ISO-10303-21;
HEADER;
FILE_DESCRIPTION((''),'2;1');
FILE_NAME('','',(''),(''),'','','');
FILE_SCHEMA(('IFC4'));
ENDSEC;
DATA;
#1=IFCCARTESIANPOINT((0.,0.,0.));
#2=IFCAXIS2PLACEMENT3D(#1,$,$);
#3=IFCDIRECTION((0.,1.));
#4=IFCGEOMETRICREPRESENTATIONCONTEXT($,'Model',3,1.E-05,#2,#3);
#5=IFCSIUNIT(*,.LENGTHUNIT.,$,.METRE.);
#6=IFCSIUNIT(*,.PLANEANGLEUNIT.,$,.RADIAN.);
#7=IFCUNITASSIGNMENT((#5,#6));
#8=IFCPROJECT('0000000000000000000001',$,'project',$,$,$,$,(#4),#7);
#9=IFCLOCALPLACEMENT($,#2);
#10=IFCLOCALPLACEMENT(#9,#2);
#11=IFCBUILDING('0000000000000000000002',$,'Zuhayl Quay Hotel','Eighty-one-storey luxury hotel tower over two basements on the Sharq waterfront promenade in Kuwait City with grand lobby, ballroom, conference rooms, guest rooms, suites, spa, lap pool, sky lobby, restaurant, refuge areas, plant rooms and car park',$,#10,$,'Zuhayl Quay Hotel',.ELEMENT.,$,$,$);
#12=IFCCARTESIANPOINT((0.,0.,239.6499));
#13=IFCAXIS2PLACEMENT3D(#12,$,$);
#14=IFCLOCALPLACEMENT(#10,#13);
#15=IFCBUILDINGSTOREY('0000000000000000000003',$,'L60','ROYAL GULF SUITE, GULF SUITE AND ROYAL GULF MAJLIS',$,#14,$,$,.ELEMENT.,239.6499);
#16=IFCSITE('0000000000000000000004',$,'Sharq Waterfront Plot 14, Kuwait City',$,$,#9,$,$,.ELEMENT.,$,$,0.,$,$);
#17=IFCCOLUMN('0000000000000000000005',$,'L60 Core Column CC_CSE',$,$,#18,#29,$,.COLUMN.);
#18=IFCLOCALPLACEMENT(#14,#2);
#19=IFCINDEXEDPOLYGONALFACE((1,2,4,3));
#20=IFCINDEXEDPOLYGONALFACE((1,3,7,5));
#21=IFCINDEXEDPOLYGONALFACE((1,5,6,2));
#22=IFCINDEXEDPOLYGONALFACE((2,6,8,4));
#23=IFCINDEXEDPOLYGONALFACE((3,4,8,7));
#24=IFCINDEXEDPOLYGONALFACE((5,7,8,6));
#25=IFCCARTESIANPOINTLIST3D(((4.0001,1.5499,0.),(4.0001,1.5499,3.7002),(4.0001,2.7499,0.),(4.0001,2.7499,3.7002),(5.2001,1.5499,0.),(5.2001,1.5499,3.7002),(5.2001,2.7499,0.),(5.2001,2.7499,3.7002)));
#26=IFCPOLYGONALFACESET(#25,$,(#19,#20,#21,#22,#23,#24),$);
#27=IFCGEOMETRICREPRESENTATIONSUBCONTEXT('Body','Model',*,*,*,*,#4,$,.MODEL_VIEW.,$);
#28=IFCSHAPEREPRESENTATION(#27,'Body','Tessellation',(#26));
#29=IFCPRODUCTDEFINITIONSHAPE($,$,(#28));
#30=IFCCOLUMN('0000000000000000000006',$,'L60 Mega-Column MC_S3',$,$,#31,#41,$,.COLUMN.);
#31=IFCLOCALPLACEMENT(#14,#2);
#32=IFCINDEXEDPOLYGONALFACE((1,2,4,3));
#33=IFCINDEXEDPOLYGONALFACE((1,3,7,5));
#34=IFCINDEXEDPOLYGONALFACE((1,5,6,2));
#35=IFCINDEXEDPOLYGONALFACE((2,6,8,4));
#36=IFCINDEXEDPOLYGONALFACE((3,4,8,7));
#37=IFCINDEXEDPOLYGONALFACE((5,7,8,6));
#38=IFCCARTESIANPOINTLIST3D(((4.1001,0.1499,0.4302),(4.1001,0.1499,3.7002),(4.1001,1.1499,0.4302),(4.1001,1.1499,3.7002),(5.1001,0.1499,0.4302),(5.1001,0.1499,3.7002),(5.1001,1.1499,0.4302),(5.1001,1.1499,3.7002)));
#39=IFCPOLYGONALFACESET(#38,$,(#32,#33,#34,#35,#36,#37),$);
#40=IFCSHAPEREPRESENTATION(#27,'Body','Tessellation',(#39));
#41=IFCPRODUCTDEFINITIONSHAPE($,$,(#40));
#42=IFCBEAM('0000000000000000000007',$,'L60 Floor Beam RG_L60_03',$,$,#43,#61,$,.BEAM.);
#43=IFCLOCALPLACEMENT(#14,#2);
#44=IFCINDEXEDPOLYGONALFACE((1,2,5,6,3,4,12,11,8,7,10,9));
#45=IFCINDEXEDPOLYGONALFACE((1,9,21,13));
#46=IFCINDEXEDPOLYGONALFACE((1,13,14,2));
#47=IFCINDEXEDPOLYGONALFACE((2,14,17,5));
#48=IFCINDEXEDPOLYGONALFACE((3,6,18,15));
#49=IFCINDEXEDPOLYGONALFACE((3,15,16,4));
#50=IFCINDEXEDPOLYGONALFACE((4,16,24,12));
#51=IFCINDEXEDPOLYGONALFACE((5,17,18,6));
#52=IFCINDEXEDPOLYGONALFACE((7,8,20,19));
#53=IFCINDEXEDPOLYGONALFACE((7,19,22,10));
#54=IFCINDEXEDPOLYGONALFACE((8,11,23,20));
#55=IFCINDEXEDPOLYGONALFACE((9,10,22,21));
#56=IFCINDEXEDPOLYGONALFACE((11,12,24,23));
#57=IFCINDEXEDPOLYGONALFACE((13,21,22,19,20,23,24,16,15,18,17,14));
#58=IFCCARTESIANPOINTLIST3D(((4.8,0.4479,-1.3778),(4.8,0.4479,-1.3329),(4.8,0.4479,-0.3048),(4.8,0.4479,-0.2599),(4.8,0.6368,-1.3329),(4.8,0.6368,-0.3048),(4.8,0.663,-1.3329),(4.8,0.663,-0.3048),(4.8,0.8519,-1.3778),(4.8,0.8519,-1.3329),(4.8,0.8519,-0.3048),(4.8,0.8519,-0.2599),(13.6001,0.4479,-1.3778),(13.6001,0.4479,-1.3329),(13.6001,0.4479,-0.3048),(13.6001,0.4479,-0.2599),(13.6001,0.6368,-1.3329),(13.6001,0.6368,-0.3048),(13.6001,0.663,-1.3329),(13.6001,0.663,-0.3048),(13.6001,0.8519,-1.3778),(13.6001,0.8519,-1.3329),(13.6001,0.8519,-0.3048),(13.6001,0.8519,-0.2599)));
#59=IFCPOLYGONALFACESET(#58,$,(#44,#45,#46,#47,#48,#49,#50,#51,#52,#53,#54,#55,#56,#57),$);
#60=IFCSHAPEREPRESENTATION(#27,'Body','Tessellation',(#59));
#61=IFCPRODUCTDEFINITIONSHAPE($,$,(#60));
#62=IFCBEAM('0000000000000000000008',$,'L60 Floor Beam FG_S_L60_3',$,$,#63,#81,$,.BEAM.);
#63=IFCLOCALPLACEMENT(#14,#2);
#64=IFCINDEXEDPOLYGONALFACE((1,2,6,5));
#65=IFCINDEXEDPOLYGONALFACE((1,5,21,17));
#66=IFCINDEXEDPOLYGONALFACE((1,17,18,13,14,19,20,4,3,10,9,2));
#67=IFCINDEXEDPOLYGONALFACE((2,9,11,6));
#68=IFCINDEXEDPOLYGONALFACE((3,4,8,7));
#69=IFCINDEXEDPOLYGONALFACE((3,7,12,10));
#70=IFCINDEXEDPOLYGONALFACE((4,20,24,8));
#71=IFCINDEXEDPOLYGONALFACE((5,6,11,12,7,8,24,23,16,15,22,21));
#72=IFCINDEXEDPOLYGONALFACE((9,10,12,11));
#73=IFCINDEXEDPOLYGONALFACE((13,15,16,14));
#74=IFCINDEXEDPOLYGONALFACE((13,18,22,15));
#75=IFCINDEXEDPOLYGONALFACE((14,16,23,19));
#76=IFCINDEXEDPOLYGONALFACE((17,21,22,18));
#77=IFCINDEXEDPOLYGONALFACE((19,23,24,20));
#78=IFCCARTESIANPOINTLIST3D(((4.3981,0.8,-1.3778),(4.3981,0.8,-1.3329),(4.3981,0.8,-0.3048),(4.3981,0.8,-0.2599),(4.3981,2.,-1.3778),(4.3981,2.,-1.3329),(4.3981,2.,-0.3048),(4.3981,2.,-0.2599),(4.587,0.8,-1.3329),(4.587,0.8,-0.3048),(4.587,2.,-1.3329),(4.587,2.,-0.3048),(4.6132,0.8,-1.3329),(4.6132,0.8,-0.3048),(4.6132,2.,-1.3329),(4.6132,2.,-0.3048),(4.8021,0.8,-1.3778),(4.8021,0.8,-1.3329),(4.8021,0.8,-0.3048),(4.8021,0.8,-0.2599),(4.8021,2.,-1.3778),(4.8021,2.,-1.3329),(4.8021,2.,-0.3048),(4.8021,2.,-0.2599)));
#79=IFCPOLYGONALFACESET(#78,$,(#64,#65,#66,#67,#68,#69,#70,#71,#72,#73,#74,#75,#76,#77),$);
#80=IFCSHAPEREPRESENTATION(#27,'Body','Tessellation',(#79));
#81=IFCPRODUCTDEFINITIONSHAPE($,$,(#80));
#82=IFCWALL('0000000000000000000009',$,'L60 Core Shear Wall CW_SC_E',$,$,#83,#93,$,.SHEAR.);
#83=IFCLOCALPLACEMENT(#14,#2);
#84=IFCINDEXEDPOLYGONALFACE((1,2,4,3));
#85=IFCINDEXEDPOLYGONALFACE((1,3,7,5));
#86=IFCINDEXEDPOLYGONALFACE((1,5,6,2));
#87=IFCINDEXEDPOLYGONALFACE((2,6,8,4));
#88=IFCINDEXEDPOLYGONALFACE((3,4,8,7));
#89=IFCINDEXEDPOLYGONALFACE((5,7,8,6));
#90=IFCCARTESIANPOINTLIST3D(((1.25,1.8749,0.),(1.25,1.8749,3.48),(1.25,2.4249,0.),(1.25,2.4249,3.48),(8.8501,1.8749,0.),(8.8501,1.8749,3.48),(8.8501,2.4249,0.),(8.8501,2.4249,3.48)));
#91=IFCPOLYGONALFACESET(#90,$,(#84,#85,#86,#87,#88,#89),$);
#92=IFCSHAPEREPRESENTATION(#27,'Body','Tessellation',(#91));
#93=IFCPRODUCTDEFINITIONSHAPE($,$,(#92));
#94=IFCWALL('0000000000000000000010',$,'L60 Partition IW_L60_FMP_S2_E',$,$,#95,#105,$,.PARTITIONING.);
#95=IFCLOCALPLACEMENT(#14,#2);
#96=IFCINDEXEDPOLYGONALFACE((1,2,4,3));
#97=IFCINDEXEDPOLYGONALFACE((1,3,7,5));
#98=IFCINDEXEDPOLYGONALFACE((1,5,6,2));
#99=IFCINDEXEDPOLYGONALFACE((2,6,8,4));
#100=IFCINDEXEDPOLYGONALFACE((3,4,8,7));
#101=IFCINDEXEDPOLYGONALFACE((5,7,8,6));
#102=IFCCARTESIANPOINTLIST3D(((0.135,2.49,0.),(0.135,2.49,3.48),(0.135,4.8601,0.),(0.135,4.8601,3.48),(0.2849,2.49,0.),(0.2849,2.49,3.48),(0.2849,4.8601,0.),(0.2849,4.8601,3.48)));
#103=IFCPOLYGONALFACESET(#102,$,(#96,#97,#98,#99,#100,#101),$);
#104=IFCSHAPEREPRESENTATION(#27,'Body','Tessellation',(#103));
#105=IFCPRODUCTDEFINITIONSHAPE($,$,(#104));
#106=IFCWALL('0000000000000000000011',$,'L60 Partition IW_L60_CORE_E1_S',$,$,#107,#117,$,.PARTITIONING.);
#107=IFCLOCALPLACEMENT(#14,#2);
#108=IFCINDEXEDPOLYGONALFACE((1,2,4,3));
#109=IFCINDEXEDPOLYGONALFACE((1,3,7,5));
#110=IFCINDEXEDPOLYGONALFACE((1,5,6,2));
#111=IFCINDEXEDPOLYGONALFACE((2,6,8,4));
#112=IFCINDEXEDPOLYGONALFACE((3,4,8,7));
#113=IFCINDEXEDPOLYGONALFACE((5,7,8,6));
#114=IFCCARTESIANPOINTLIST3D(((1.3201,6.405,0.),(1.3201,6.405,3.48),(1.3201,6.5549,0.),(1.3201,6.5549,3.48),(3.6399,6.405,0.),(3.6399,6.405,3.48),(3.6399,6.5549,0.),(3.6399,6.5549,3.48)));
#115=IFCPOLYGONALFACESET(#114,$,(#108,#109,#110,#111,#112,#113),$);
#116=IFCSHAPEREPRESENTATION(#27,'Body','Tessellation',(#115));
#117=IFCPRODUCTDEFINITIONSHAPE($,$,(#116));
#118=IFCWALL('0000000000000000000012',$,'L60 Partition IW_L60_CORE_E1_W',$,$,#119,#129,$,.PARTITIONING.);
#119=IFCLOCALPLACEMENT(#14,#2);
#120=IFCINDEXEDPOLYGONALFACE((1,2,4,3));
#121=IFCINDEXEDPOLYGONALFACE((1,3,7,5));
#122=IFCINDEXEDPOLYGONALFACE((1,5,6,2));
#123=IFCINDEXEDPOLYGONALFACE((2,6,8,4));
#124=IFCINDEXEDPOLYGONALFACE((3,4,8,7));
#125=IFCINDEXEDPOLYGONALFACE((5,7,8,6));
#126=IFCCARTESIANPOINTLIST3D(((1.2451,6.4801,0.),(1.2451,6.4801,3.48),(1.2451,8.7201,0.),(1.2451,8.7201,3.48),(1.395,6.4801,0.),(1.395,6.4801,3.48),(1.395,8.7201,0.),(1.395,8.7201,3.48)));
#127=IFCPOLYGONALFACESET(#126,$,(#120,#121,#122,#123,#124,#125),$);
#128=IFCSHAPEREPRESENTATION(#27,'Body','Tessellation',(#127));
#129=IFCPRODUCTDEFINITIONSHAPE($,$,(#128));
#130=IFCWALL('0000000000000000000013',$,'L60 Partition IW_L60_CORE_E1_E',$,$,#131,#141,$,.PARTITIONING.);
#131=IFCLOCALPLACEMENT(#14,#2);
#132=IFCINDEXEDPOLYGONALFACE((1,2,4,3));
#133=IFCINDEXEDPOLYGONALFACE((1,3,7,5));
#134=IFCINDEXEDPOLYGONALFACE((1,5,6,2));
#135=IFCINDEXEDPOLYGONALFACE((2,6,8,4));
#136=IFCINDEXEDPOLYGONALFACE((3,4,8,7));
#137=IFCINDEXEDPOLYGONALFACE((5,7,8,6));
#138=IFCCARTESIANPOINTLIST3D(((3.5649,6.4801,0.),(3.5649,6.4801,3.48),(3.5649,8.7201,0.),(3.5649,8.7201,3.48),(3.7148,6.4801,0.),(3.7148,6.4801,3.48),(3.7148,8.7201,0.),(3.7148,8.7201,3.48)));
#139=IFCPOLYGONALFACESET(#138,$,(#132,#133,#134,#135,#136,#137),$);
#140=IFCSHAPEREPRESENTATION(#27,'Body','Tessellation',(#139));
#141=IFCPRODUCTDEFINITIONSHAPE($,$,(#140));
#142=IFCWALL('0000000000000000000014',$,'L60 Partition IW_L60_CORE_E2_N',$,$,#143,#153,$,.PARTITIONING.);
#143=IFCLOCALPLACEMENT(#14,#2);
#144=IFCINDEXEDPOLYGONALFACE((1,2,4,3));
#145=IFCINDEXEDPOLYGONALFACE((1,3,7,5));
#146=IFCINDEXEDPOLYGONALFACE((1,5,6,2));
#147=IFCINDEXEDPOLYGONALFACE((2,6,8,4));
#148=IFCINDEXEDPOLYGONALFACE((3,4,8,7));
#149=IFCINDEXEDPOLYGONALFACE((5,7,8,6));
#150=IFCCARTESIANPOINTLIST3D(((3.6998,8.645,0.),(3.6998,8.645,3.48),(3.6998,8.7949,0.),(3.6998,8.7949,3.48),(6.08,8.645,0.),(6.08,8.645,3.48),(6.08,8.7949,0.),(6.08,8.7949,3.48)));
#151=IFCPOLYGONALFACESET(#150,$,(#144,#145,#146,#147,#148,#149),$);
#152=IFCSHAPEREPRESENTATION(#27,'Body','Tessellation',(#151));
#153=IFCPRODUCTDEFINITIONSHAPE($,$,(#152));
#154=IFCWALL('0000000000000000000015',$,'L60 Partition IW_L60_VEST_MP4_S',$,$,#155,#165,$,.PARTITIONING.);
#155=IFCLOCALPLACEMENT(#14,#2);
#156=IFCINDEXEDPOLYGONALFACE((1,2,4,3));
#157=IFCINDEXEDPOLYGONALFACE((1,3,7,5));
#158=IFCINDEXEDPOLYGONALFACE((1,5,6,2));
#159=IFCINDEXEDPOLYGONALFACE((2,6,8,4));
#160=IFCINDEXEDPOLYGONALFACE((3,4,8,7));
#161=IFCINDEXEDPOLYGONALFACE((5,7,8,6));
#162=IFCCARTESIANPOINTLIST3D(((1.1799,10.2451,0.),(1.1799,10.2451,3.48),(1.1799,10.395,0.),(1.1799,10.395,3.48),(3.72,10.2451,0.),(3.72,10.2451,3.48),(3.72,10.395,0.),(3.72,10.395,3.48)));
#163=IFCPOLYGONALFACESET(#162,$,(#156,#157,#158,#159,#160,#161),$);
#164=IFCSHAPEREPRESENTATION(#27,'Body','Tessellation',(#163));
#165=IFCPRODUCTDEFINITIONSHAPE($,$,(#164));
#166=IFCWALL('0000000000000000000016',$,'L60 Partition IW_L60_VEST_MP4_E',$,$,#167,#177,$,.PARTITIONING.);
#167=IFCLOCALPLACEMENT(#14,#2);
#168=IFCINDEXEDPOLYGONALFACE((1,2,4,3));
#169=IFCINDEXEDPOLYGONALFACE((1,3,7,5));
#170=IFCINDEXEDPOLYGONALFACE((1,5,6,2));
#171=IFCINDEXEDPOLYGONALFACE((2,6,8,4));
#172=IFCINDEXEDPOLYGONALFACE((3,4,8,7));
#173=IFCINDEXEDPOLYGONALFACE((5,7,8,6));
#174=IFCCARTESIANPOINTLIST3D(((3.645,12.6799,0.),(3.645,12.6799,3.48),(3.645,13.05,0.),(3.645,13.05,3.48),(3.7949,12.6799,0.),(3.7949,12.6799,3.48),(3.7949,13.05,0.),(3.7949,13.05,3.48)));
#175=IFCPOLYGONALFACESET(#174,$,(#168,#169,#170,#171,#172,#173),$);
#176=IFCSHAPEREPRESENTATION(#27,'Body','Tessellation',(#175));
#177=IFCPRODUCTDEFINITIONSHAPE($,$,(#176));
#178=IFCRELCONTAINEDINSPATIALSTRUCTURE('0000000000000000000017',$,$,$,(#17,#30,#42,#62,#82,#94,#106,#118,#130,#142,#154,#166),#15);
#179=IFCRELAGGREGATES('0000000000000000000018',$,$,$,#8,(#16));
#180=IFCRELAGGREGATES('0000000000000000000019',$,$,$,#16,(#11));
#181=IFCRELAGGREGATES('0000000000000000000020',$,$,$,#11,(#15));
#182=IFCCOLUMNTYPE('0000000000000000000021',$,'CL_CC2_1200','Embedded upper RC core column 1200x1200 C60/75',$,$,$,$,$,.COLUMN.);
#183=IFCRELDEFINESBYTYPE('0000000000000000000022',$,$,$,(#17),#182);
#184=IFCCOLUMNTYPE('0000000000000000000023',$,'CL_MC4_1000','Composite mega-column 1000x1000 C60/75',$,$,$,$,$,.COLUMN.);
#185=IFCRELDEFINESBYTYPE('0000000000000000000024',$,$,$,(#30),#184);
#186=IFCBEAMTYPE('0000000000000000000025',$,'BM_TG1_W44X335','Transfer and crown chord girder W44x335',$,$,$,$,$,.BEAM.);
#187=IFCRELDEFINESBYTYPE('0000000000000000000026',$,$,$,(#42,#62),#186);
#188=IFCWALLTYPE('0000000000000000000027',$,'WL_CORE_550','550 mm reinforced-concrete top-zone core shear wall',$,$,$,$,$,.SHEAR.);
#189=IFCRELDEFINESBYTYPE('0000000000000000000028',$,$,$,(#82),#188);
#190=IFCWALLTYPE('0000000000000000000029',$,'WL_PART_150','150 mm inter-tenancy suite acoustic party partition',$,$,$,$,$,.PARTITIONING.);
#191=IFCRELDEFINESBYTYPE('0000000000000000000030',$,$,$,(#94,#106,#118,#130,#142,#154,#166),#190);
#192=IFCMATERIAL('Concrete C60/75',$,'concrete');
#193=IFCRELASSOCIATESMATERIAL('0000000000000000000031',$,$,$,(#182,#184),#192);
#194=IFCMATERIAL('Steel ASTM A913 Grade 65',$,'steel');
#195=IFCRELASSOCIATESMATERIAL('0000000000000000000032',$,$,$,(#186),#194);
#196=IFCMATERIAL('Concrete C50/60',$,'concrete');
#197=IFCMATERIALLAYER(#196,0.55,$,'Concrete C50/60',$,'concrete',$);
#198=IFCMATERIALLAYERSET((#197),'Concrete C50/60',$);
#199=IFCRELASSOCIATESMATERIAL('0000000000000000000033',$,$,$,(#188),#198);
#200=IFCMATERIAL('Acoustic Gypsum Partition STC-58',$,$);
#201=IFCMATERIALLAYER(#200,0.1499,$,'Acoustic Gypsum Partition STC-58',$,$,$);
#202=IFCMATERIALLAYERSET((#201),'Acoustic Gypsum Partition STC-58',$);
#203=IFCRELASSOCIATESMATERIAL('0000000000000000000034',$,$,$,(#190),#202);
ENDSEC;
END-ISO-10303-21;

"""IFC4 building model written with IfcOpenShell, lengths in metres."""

from ifc_helpers import new_model, si_unit, direction, frame, frame_2d, origin, origin_2d, place, context, subcontext, project, spatial, rectangle, i_section, extrude, material, layer, layer_set, material_profile, profile_set, type_object, element, save


model = new_model("IFC4")

# Units and contexts
model_context = context("Model", 3, precision=1e-05, world=origin(), true_north=direction((0.0, 1.0)))
body_context = subcontext(model_context, "Body", "Model", "MODEL_VIEW")
ifc_project = project(units=[si_unit("LENGTHUNIT", "METRE"), si_unit("PLANEANGLEUNIT", "RADIAN")], contexts=[model_context])

# Site, building, storey
site_placement = place(None, origin())
site = spatial("IfcSite", under=ifc_project, at=site_placement, Name="Sharq Waterfront Plot 14, Kuwait City", CompositionType="ELEMENT", RefElevation=0.0)
building_placement = place(site_placement, origin())
building = spatial("IfcBuilding", under=site, at=building_placement, Name="Zuhayl Quay Hotel", Description="Eighty-one-storey luxury hotel tower over two basements on the Sharq waterfront promenade in Kuwait City with grand lobby, ballroom, conference rooms, guest rooms, suites, spa, lap pool, sky lobby, restaurant, refuge areas, plant rooms and car park", LongName="Zuhayl Quay Hotel", CompositionType="ELEMENT")
storey_placement = place(building_placement, frame((0.0, 0.0, 239.6499)))
storey = spatial("IfcBuildingStorey", under=building, at=storey_placement, Name="L60", Description="ROYAL GULF SUITE, GULF SUITE AND ROYAL GULF MAJLIS", CompositionType="ELEMENT", Elevation=239.6499)

# Columns
ifc_material_1 = material(Name="Concrete C60/75", Category="concrete")
ifc_material_profile_1 = material_profile(ifc_material_1, rectangle(XDim=1.2, YDim=1.2, at=origin_2d()), Name="RC1200X1200")
ifc_profile_set_1 = profile_set([ifc_material_profile_1], Name="Concrete C60/75")
column_type_1 = type_object("IfcColumnType", Name="CL_CC2_1200", Description="Embedded upper RC core column 1200x1200 C60/75", PredefinedType="COLUMN", material=ifc_profile_set_1)
column_1_placement = place(storey_placement, frame((4.6001, 2.1499, 0.0), z_axis=(0.0, 0.0, 1.0), x_axis=(1.0, 0.0, 0.0)))
element("IfcColumn", 1, at=column_1_placement, inside=storey, type_object=column_type_1, Name="L60 Core Column CC_CSE", PredefinedType="COLUMN", context=body_context, shape_type="SweptSolid", body=[
    extrude(rectangle(XDim=1.2, YDim=1.2, at=origin_2d()), origin(), (0.0, 0.0, 1.0), 3.7002),
])
ifc_material_profile_2 = material_profile(ifc_material_1, rectangle(XDim=1.0, YDim=1.0, at=origin_2d()), Name="RC1000X1000")
ifc_profile_set_2 = profile_set([ifc_material_profile_2], Name="Concrete C60/75")
column_type_2 = type_object("IfcColumnType", Name="CL_MC4_1000", Description="Composite mega-column 1000x1000 C60/75", PredefinedType="COLUMN", material=ifc_profile_set_2)
column_2_placement = place(storey_placement, frame((4.6001, 0.6499, 0.4302), z_axis=(0.0, 0.0, 1.0), x_axis=(1.0, 0.0, 0.0)))
element("IfcColumn", 2, at=column_2_placement, inside=storey, type_object=column_type_2, Name="L60 Mega-Column MC_S3", PredefinedType="COLUMN", context=body_context, shape_type="SweptSolid", body=[
    extrude(rectangle(XDim=1.0, YDim=1.0, at=origin_2d()), origin(), (0.0, 0.0, 1.0), 3.27),
])

# Beams
ifc_material_2 = material(Name="Steel ASTM A913 Grade 65", Category="steel")
ifc_material_profile_3 = material_profile(ifc_material_2, i_section(OverallWidth=0.4041, OverallDepth=1.1179, WebThickness=0.0261, FlangeThickness=0.0449, at=origin_2d()), Name="W44X335")
ifc_profile_set_3 = profile_set([ifc_material_profile_3], Name="Steel ASTM A913 Grade 65")
beam_type = type_object("IfcBeamType", Name="BM_TG1_W44X335", Description="Transfer and crown chord girder W44x335", PredefinedType="BEAM", material=ifc_profile_set_3)
beam_1_placement = place(storey_placement, frame((4.8, 0.6499, -0.8188), z_axis=(1.0, 0.0, 0.0), x_axis=(0.0, 1.0, 0.0)))
element("IfcBeam", 3, at=beam_1_placement, inside=storey, type_object=beam_type, Name="L60 Floor Beam RG_L60_03", PredefinedType="BEAM", context=body_context, shape_type="SweptSolid", body=[
    extrude(i_section(OverallWidth=0.4041, OverallDepth=1.1179, WebThickness=0.0261, FlangeThickness=0.0449, at=origin_2d()), origin(), (0.0, 0.0, 1.0), 8.8),
])
beam_2_placement = place(storey_placement, frame((4.6001, 0.8, -0.8188), z_axis=(0.0, 1.0, 0.0), x_axis=(-1.0, 0.0, 0.0)))
element("IfcBeam", 4, at=beam_2_placement, inside=storey, type_object=beam_type, Name="L60 Floor Beam FG_S_L60_3", PredefinedType="BEAM", context=body_context, shape_type="SweptSolid", body=[
    extrude(i_section(OverallWidth=0.4041, OverallDepth=1.1179, WebThickness=0.0261, FlangeThickness=0.0449, at=origin_2d()), origin(), (0.0, 0.0, 1.0), 1.2),
])

# Wall
ifc_material_3 = material(Name="Concrete C50/60", Category="concrete")
ifc_layer_1 = layer(ifc_material_3, 0.55, Name="Concrete C50/60", Category="concrete")
ifc_layer_set_1 = layer_set([ifc_layer_1], Name="Concrete C50/60")
wall_type_1 = type_object("IfcWallType", Name="WL_CORE_550", Description="550 mm reinforced-concrete top-zone core shear wall", PredefinedType="SHEAR", material=ifc_layer_set_1)
wall_1_placement = place(storey_placement, frame((1.25, 2.1499, 0.0), z_axis=(0.0, 0.0, 1.0), x_axis=(1.0, 0.0, 0.0)))
element("IfcWall", 5, at=wall_1_placement, inside=storey, type_object=wall_type_1, Name="L60 Core Shear Wall CW_SC_E", PredefinedType="SHEAR", context=body_context, shape_type="SweptSolid", body=[
    extrude(rectangle(XDim=7.6001, YDim=0.55, at=frame_2d((3.8, 0.0))), origin(), (0.0, 0.0, 1.0), 3.48),
])

# Shared definitions
ifc_material_4 = material(Name="Acoustic Gypsum Partition STC-58")
ifc_layer_2 = layer(ifc_material_4, 0.1499, Name="Acoustic Gypsum Partition STC-58")
ifc_layer_set_2 = layer_set([ifc_layer_2], Name="Acoustic Gypsum Partition STC-58")
wall_type_2 = type_object("IfcWallType", Name="WL_PART_150", Description="150 mm inter-tenancy suite acoustic party partition", PredefinedType="PARTITIONING", material=ifc_layer_set_2)

# Walls
wall_2_placement = place(storey_placement, frame((0.21, 2.49, 0.0), z_axis=(0.0, 0.0, 1.0), x_axis=(0.0, 1.0, 0.0)))
element("IfcWall", 6, at=wall_2_placement, inside=storey, type_object=wall_type_2, Name="L60 Partition IW_L60_FMP_S2_E", PredefinedType="PARTITIONING", context=body_context, shape_type="SweptSolid", body=[
    extrude(rectangle(XDim=2.3701, YDim=0.1499, at=frame_2d((1.1851, 0.0))), origin(), (0.0, 0.0, 1.0), 3.48),
])
wall_3_placement = place(storey_placement, frame((1.3201, 6.48, 0.0), z_axis=(0.0, 0.0, 1.0), x_axis=(1.0, 0.0, 0.0)))
element("IfcWall", 7, at=wall_3_placement, inside=storey, type_object=wall_type_2, Name="L60 Partition IW_L60_CORE_E1_S", PredefinedType="PARTITIONING", context=body_context, shape_type="SweptSolid", body=[
    extrude(rectangle(XDim=2.3198, YDim=0.1499, at=frame_2d((1.1599, 0.0))), origin(), (0.0, 0.0, 1.0), 3.48),
])
for number, where, z_axis, x_axis, name in (
    (8, (1.3201, 6.48, 0.0), (0.0, 0.0, 1.0), (0.0, 1.0, 0.0), "L60 Partition IW_L60_CORE_E1_W"),
    (9, (3.6399, 6.48, 0.0), (0.0, 0.0, 1.0), (0.0, 1.0, 0.0), "L60 Partition IW_L60_CORE_E1_E"),
):
    element("IfcWall", number, at=place(storey_placement, frame(where, z_axis=z_axis, x_axis=x_axis)), inside=storey, type_object=wall_type_2, Name=name, PredefinedType="PARTITIONING", context=body_context, shape_type="SweptSolid", body=[
        extrude(rectangle(XDim=2.24, YDim=0.1499, at=frame_2d((1.1201, 0.0))), origin(), (0.0, 0.0, 1.0), 3.48),
    ])
wall_4_placement = place(storey_placement, frame((3.7, 8.72, 0.0), z_axis=(0.0, 0.0, 1.0), x_axis=(1.0, 0.0, 0.0)))
element("IfcWall", 10, at=wall_4_placement, inside=storey, type_object=wall_type_2, Name="L60 Partition IW_L60_CORE_E2_N", PredefinedType="PARTITIONING", context=body_context, shape_type="SweptSolid", body=[
    extrude(rectangle(XDim=2.3801, YDim=0.1499, at=frame_2d((1.1899, 0.0))), origin(), (0.0, 0.0, 1.0), 3.48),
])
wall_5_placement = place(storey_placement, frame((1.1799, 10.3201, 0.0), z_axis=(0.0, 0.0, 1.0), x_axis=(1.0, 0.0, 0.0)))
element("IfcWall", 11, at=wall_5_placement, inside=storey, type_object=wall_type_2, Name="L60 Partition IW_L60_VEST_MP4_S", PredefinedType="PARTITIONING", context=body_context, shape_type="SweptSolid", body=[
    extrude(rectangle(XDim=2.54, YDim=0.1499, at=frame_2d((1.27, 0.0))), origin(), (0.0, 0.0, 1.0), 3.48),
])
wall_6_placement = place(storey_placement, frame((3.72, 12.6799, 0.0), z_axis=(0.0, 0.0, 1.0), x_axis=(0.0, 1.0, 0.0)))
element("IfcWall", 12, at=wall_6_placement, inside=storey, type_object=wall_type_2, Name="L60 Partition IW_L60_VEST_MP4_E", PredefinedType="PARTITIONING", context=body_context, shape_type="SweptSolid", body=[
    extrude(rectangle(XDim=0.3701, YDim=0.1499, at=frame_2d((0.1851, 0.0))), origin(), (0.0, 0.0, 1.0), 3.48),
])

save(model, "model.ifc")
